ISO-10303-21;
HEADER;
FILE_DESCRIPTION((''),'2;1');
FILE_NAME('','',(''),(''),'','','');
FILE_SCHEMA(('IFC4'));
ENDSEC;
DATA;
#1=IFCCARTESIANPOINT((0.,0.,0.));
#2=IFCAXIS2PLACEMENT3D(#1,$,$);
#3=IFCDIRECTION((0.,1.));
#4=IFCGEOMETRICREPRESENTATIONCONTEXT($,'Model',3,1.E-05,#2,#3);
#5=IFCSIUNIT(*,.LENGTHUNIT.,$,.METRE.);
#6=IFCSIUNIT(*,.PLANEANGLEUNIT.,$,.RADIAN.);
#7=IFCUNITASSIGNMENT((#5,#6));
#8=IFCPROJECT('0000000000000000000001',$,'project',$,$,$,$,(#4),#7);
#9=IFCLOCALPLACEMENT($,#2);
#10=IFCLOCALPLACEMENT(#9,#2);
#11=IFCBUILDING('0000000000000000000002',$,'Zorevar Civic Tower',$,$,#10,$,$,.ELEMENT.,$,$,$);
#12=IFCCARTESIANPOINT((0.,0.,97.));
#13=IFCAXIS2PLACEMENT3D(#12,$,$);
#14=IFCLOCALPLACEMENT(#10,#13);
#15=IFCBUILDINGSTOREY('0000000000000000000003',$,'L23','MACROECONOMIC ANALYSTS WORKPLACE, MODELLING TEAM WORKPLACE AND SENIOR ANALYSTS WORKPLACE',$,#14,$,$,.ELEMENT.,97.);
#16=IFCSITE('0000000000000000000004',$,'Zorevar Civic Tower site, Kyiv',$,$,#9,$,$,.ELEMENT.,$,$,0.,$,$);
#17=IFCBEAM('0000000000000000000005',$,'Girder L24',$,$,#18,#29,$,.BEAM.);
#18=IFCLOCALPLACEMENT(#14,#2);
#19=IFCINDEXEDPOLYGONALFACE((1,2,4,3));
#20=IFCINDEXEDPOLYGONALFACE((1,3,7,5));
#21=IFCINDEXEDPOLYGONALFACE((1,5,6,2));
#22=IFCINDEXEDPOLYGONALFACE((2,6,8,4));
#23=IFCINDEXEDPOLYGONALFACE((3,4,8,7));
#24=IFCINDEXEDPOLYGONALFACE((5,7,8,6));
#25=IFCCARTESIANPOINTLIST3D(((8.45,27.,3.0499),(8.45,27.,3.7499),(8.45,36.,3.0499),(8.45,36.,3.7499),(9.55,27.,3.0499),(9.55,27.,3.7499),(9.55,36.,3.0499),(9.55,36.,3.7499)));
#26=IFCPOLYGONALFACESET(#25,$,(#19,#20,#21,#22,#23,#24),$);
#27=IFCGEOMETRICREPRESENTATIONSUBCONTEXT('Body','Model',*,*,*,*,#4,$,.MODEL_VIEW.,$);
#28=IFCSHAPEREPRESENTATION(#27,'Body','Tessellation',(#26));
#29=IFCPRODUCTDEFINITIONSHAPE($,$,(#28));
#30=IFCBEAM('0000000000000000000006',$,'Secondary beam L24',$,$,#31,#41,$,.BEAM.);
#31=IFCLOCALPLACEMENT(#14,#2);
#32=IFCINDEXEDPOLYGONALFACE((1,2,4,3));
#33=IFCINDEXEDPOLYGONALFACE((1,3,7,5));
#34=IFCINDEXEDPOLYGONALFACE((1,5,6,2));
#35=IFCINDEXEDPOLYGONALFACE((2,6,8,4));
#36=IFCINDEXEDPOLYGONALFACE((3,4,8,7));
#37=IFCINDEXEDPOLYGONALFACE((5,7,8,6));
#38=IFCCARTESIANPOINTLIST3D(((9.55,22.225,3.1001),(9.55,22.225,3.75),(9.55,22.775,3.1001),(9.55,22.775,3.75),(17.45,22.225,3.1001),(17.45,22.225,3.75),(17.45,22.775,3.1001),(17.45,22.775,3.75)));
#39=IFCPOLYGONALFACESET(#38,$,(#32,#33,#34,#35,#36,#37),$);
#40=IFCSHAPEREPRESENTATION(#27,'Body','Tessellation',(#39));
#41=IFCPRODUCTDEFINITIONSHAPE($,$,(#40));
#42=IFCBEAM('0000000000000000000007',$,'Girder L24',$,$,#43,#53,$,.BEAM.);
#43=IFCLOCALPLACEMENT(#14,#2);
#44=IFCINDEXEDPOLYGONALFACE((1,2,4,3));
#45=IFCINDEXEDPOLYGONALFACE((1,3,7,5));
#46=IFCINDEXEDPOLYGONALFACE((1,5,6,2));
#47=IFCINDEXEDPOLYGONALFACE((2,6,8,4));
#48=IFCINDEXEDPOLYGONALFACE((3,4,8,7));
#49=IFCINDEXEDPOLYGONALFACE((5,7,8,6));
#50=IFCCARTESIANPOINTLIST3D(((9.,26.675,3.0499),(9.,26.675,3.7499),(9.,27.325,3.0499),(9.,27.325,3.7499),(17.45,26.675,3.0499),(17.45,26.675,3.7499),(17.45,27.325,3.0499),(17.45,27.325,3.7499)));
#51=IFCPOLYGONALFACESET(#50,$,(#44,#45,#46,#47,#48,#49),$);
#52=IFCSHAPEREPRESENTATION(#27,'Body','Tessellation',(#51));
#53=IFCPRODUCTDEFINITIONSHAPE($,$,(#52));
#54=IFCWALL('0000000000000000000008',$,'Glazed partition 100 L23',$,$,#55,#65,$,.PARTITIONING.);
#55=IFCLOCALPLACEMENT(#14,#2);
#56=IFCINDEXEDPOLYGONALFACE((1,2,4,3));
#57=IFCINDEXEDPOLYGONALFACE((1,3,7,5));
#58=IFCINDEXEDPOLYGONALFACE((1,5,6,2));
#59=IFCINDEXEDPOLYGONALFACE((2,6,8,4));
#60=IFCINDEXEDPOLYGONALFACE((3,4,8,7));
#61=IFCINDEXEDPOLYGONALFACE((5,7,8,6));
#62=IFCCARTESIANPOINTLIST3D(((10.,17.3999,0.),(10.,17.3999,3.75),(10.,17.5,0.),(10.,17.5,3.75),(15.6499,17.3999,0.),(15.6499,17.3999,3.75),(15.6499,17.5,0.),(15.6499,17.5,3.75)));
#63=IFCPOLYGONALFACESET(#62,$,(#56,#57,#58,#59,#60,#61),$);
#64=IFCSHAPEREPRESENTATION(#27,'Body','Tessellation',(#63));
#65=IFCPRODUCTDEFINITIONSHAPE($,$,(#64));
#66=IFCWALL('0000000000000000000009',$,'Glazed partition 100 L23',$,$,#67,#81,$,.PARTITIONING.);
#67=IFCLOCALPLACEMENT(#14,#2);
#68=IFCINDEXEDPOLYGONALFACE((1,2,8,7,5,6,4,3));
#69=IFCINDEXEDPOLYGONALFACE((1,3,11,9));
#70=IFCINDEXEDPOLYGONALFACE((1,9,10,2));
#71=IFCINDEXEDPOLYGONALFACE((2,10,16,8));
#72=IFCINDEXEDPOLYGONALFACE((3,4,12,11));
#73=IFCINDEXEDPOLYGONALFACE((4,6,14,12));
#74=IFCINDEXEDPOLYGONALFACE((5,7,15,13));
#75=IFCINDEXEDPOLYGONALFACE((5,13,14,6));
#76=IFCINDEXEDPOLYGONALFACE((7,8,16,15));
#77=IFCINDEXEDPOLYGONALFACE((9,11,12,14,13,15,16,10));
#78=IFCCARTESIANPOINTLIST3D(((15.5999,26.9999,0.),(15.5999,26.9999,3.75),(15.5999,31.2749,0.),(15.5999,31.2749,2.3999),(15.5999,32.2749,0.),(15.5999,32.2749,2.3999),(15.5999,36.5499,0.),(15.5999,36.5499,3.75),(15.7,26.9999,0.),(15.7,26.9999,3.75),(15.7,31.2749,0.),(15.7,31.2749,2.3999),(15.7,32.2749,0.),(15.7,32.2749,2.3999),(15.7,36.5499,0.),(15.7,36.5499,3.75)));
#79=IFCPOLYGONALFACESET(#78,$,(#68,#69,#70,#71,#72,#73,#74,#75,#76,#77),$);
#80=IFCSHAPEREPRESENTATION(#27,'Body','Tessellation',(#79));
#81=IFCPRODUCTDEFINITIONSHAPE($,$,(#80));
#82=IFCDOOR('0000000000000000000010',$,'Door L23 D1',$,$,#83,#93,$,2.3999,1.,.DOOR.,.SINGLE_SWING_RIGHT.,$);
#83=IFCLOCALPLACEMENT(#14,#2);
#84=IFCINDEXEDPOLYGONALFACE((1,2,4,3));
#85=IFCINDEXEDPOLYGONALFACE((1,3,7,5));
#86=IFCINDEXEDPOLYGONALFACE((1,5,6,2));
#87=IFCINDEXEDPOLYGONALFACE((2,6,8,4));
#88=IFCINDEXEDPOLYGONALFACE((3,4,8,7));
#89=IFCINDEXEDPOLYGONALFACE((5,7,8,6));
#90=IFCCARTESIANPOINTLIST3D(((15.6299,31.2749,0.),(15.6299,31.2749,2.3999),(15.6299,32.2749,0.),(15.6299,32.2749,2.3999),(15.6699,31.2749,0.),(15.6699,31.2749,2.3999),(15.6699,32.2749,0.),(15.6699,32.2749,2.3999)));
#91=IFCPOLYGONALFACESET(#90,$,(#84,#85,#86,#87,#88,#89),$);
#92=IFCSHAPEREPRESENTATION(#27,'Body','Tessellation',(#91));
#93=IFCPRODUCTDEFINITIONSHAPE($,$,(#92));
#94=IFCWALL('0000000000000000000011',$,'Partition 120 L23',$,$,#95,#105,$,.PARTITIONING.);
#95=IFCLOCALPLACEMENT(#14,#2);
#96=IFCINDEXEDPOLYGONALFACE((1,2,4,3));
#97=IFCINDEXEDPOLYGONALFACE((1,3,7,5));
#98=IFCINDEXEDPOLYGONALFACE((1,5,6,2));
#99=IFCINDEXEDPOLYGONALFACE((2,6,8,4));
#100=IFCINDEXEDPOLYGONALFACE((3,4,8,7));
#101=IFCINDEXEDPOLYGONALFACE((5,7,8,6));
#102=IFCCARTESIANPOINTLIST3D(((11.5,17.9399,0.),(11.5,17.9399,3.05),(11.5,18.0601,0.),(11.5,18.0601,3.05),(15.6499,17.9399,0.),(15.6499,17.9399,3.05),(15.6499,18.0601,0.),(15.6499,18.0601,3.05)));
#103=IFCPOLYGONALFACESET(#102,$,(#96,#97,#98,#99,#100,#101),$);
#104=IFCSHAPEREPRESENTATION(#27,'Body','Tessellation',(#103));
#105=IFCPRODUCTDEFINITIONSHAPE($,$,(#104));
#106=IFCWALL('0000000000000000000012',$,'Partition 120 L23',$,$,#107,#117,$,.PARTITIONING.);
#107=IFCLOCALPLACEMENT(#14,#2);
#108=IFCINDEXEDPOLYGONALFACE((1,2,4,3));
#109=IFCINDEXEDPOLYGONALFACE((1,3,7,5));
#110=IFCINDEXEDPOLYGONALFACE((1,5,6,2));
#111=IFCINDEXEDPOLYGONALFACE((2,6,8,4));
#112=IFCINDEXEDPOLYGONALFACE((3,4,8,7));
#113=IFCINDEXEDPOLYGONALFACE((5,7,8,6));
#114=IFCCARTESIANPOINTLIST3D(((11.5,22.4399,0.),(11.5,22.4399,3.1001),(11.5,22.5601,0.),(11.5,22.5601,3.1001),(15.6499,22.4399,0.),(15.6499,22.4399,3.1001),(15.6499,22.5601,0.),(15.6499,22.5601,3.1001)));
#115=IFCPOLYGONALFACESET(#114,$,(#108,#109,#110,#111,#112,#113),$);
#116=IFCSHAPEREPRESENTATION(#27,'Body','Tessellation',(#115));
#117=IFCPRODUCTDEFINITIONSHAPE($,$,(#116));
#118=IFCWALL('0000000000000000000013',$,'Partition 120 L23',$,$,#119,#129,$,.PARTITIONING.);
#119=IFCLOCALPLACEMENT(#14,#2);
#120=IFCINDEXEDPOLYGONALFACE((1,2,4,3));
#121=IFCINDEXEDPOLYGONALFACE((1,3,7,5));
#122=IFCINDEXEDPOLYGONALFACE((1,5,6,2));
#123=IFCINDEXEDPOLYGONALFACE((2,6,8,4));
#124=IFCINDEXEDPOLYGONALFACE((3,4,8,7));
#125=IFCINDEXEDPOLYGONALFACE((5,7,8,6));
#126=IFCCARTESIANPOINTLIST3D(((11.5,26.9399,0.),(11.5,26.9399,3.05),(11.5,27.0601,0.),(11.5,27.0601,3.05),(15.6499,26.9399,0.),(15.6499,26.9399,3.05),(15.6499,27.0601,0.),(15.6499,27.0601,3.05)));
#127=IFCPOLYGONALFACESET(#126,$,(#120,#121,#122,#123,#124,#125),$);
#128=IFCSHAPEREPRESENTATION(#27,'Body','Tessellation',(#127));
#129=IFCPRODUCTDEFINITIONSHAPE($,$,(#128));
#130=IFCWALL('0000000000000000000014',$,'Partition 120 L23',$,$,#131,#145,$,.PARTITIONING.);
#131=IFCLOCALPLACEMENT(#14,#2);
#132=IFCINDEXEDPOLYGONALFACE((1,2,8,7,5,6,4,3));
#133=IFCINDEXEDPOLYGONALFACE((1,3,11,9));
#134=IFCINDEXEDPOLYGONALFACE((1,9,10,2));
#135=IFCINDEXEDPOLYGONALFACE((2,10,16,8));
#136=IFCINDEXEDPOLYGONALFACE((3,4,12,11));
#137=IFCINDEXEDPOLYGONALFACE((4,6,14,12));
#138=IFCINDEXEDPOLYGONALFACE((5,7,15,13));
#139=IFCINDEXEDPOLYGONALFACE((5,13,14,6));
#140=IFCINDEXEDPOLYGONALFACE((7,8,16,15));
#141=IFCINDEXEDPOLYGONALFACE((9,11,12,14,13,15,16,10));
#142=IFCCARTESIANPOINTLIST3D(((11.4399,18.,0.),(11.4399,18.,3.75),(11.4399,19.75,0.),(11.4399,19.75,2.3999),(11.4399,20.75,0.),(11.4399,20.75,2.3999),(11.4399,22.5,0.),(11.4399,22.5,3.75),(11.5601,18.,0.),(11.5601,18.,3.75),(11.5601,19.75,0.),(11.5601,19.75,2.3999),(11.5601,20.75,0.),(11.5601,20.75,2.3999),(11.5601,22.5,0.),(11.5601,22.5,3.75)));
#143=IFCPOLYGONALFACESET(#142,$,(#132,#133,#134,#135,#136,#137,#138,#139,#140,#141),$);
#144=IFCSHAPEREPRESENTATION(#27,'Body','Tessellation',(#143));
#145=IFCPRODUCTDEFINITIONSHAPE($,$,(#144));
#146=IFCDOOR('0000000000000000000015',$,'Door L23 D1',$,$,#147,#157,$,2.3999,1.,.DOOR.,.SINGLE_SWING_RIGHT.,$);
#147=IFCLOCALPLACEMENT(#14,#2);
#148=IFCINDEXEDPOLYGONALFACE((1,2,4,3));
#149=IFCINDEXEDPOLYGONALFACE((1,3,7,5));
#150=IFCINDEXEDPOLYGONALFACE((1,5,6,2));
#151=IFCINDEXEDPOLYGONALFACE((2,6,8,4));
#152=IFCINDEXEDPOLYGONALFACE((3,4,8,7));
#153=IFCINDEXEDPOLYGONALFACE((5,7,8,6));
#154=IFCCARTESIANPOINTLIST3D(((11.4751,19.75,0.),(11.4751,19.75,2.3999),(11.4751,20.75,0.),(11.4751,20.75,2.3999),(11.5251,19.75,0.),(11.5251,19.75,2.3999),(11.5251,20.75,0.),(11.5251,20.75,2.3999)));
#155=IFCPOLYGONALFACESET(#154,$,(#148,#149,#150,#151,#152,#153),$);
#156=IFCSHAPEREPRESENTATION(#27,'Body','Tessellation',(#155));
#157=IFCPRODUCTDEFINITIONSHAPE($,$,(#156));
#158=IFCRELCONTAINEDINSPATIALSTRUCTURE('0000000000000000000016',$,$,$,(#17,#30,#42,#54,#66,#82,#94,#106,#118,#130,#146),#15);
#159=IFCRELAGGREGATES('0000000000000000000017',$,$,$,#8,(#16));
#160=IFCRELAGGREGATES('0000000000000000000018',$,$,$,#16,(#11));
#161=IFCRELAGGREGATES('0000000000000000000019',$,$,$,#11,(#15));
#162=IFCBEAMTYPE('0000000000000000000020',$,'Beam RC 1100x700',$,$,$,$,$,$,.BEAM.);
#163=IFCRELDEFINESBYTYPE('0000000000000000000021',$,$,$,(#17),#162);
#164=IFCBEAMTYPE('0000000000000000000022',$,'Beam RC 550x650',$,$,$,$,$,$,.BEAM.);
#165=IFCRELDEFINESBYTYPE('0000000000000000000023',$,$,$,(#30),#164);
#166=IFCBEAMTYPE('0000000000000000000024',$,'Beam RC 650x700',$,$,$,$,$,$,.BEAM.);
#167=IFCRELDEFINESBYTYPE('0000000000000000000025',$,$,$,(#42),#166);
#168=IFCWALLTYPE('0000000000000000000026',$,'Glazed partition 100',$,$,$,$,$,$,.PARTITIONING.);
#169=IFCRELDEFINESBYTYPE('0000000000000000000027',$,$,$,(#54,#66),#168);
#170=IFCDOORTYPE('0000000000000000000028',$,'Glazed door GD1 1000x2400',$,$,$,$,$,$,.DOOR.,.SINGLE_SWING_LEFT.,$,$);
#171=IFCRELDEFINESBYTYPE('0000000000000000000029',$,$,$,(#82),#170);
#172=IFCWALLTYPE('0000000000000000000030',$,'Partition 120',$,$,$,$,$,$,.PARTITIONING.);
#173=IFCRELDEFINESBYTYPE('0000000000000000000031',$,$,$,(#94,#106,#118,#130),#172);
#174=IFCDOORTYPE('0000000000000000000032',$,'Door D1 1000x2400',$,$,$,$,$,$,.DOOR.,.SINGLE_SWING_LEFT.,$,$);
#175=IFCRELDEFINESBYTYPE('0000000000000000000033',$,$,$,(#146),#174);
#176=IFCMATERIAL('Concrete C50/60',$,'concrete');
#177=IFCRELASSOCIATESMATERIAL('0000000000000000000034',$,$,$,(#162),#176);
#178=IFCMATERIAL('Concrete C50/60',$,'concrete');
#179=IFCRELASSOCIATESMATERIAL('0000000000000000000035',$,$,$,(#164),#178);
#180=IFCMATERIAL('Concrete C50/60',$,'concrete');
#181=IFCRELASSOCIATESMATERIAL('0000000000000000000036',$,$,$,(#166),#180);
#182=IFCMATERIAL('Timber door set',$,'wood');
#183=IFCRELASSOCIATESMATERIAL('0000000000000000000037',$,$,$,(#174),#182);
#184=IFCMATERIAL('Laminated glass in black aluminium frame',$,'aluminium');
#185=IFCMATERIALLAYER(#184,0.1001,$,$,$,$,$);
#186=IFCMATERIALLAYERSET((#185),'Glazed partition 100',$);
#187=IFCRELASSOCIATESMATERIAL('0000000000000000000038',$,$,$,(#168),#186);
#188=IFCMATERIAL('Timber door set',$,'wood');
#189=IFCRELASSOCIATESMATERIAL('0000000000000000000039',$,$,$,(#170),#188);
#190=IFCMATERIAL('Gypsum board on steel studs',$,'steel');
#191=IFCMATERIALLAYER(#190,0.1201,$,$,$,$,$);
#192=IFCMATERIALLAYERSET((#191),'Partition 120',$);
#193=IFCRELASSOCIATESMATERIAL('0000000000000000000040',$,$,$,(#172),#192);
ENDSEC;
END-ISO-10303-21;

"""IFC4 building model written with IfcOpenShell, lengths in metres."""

from ifc_helpers import new_model, si_unit, direction, frame, frame_2d, origin, origin_2d, place, context, subcontext, project, spatial, rectangle, extrude, material, layer, layer_set, material_profile, profile_set, type_object, element, fill, save


model = new_model("IFC4")

# Units and contexts
model_context = context("Model", 3, precision=1e-05, world=origin(), true_north=direction((0.0, 1.0)))
body_context = subcontext(model_context, "Body", "Model", "MODEL_VIEW")
ifc_project = project(units=[si_unit("LENGTHUNIT", "METRE"), si_unit("PLANEANGLEUNIT", "RADIAN")], contexts=[model_context])

# Site, building, storey
site_placement = place(None, origin())
site = spatial("IfcSite", under=ifc_project, at=site_placement, Name="Zorevar Civic Tower site, Kyiv", CompositionType="ELEMENT", RefElevation=0.0)
building_placement = place(site_placement, origin())
building = spatial("IfcBuilding", under=site, at=building_placement, Name="Zorevar Civic Tower", CompositionType="ELEMENT")
storey_placement = place(building_placement, frame((0.0, 0.0, 97.0)))
storey = spatial("IfcBuildingStorey", under=building, at=storey_placement, Name="L23", Description="MACROECONOMIC ANALYSTS WORKPLACE, MODELLING TEAM WORKPLACE AND SENIOR ANALYSTS WORKPLACE", CompositionType="ELEMENT", Elevation=97.0)

# Beams
ifc_material_1 = material(Name="Concrete C50/60", Category="concrete")
ifc_material_profile_1 = material_profile(ifc_material_1, rectangle(XDim=1.1001, YDim=0.7, at=origin_2d()), Name="RC 1100x700")
ifc_profile_set_1 = profile_set([ifc_material_profile_1], Name="Concrete C50/60")
beam_type_1 = type_object("IfcBeamType", Name="Beam RC 1100x700", PredefinedType="BEAM", material=ifc_profile_set_1)
beam_1_placement = place(storey_placement, frame((9.0, 27.0, 3.3999), z_axis=(0.0, 1.0, 0.0), x_axis=(-1.0, 0.0, 0.0)))
element("IfcBeam", 1, at=beam_1_placement, inside=storey, type_object=beam_type_1, Name="Girder L24", PredefinedType="BEAM", context=body_context, shape_type="SweptSolid", body=[
    extrude(rectangle(XDim=1.1001, YDim=0.7, at=origin_2d()), origin(), (0.0, 0.0, 1.0), 9.0),
])
ifc_material_2 = material(Name="Concrete C50/60", Category="concrete")
ifc_material_profile_2 = material_profile(ifc_material_2, rectangle(XDim=0.55, YDim=0.6499, at=origin_2d()), Name="RC 550x650")
ifc_profile_set_2 = profile_set([ifc_material_profile_2], Name="Concrete C50/60")
beam_type_2 = type_object("IfcBeamType", Name="Beam RC 550x650", PredefinedType="BEAM", material=ifc_profile_set_2)
beam_2_placement = place(storey_placement, frame((9.55, 22.5, 3.425), z_axis=(1.0, 0.0, 0.0), x_axis=(0.0, 1.0, 0.0)))
element("IfcBeam", 2, at=beam_2_placement, inside=storey, type_object=beam_type_2, Name="Secondary beam L24", PredefinedType="BEAM", context=body_context, shape_type="SweptSolid", body=[
    extrude(rectangle(XDim=0.55, YDim=0.6499, at=origin_2d()), origin(), (0.0, 0.0, 1.0), 7.8999),
])
ifc_material_3 = material(Name="Concrete C50/60", Category="concrete")
ifc_material_profile_3 = material_profile(ifc_material_3, rectangle(XDim=0.6499, YDim=0.7, at=origin_2d()), Name="RC 650x700")
ifc_profile_set_3 = profile_set([ifc_material_profile_3], Name="Concrete C50/60")
beam_type_3 = type_object("IfcBeamType", Name="Beam RC 650x700", PredefinedType="BEAM", material=ifc_profile_set_3)
beam_3_placement = place(storey_placement, frame((9.0, 27.0, 3.3999), z_axis=(1.0, 0.0, 0.0), x_axis=(0.0, 1.0, 0.0)))
element("IfcBeam", 3, at=beam_3_placement, inside=storey, type_object=beam_type_3, Name="Girder L24", PredefinedType="BEAM", context=body_context, shape_type="SweptSolid", body=[
    extrude(rectangle(XDim=0.6499, YDim=0.7, at=origin_2d()), origin(), (0.0, 0.0, 1.0), 8.45),
])

# Shared definitions
ifc_material_4 = material(Name="Timber door set", Category="wood")
door_type_1 = type_object("IfcDoorType", Name="Door D1 1000x2400", OperationType="SINGLE_SWING_LEFT", PredefinedType="DOOR", material=ifc_material_4)

# Wall
ifc_material_5 = material(Name="Laminated glass in black aluminium frame", Category="aluminium")
ifc_layer_1 = layer(ifc_material_5, 0.1001)
ifc_layer_set_1 = layer_set([ifc_layer_1], Name="Glazed partition 100")
wall_type_1 = type_object("IfcWallType", Name="Glazed partition 100", PredefinedType="PARTITIONING", material=ifc_layer_set_1)
wall_1_placement = place(storey_placement, frame((10.0, 17.45, 0.0), z_axis=(0.0, 0.0, 1.0), x_axis=(1.0, 0.0, 0.0)))
element("IfcWall", 4, at=wall_1_placement, inside=storey, type_object=wall_type_1, Name="Glazed partition 100 L23", PredefinedType="PARTITIONING", context=body_context, shape_type="SweptSolid", body=[
    extrude(rectangle(XDim=5.6499, YDim=0.1001, at=frame_2d((2.825, 0.0))), origin(), (0.0, 0.0, 1.0), 3.75),
])

# Wall, opening, door
wall_2_placement = place(storey_placement, frame((15.6499, 27.0, 0.0), z_axis=(0.0, 0.0, 1.0), x_axis=(0.0, 1.0, 0.0)))
wall_2 = element("IfcWall", 5, at=wall_2_placement, inside=storey, type_object=wall_type_1, Name="Glazed partition 100 L23", PredefinedType="PARTITIONING", context=body_context, shape_type="SweptSolid", body=[
    extrude(rectangle(XDim=9.55, YDim=0.1001, at=frame_2d((4.7749, 0.0))), origin(), (0.0, 0.0, 1.0), 3.75),
])
opening_1_placement = place(wall_2_placement, frame((4.2749, 0.0, 0.0)))
opening_1 = element("IfcOpeningElement", 6, at=opening_1_placement, cuts=wall_2, PredefinedType="OPENING", context=body_context, shape_type="SweptSolid", body=[
    extrude(rectangle(XDim=1.0, YDim=2.3999, at=frame_2d((0.5, 1.2))), frame((0.0, 0.0601, 0.0), z_axis=(0.0, -1.0, 0.0), x_axis=(1.0, 0.0, 0.0)), (0.0, 0.0, 1.0), 0.1201),
])
ifc_material_6 = material(Name="Timber door set", Category="wood")
door_type_2 = type_object("IfcDoorType", Name="Glazed door GD1 1000x2400", OperationType="SINGLE_SWING_LEFT", PredefinedType="DOOR", material=ifc_material_6)
door_1_placement = place(opening_1_placement, origin())
door_1 = element("IfcDoor", 7, at=door_1_placement, inside=storey, type_object=door_type_2, Name="Door L23 D1", OperationType="SINGLE_SWING_RIGHT", OverallHeight=2.3999, OverallWidth=1.0, PredefinedType="DOOR", context=body_context, shape_type="SweptSolid", body=[
    extrude(rectangle(XDim=1.0, YDim=2.3999, at=frame_2d((0.5, 1.2))), frame((0.0, 0.02, 0.0), z_axis=(0.0, -1.0, 0.0), x_axis=(1.0, 0.0, 0.0)), (0.0, 0.0, 1.0), 0.04),
])
fill(opening_1, door_1)

# Walls
ifc_material_7 = material(Name="Gypsum board on steel studs", Category="steel")
ifc_layer_2 = layer(ifc_material_7, 0.1201)
ifc_layer_set_2 = layer_set([ifc_layer_2], Name="Partition 120")
wall_type_2 = type_object("IfcWallType", Name="Partition 120", PredefinedType="PARTITIONING", material=ifc_layer_set_2)
wall_3_placement = place(storey_placement, frame((11.5, 18.0, 0.0), z_axis=(0.0, 0.0, 1.0), x_axis=(1.0, 0.0, 0.0)))
element("IfcWall", 8, at=wall_3_placement, inside=storey, type_object=wall_type_2, Name="Partition 120 L23", PredefinedType="PARTITIONING", context=body_context, shape_type="SweptSolid", body=[
    extrude(rectangle(XDim=4.1499, YDim=0.1201, at=frame_2d((2.075, 0.0))), origin(), (0.0, 0.0, 1.0), 3.05),
])
wall_4_placement = place(storey_placement, frame((11.5, 22.5, 0.0), z_axis=(0.0, 0.0, 1.0), x_axis=(1.0, 0.0, 0.0)))
element("IfcWall", 9, at=wall_4_placement, inside=storey, type_object=wall_type_2, Name="Partition 120 L23", PredefinedType="PARTITIONING", context=body_context, shape_type="SweptSolid", body=[
    extrude(rectangle(XDim=4.1499, YDim=0.1201, at=frame_2d((2.075, 0.0))), origin(), (0.0, 0.0, 1.0), 3.1001),
])
wall_5_placement = place(storey_placement, frame((11.5, 27.0, 0.0), z_axis=(0.0, 0.0, 1.0), x_axis=(1.0, 0.0, 0.0)))
element("IfcWall", 10, at=wall_5_placement, inside=storey, type_object=wall_type_2, Name="Partition 120 L23", PredefinedType="PARTITIONING", context=body_context, shape_type="SweptSolid", body=[
    extrude(rectangle(XDim=4.1499, YDim=0.1201, at=frame_2d((2.075, 0.0))), origin(), (0.0, 0.0, 1.0), 3.05),
])

# Wall, opening, door
wall_6_placement = place(storey_placement, frame((11.5, 18.0, 0.0), z_axis=(0.0, 0.0, 1.0), x_axis=(0.0, 1.0, 0.0)))
wall_6 = element("IfcWall", 11, at=wall_6_placement, inside=storey, type_object=wall_type_2, Name="Partition 120 L23", PredefinedType="PARTITIONING", context=body_context, shape_type="SweptSolid", body=[
    extrude(rectangle(XDim=4.5, YDim=0.1201, at=frame_2d((2.25, 0.0))), origin(), (0.0, 0.0, 1.0), 3.75),
])
opening_2_placement = place(wall_6_placement, frame((1.75, 0.0, 0.0)))
opening_2 = element("IfcOpeningElement", 12, at=opening_2_placement, cuts=wall_6, PredefinedType="OPENING", context=body_context, shape_type="SweptSolid", body=[
    extrude(rectangle(XDim=1.0, YDim=2.3999, at=frame_2d((0.5, 1.2))), frame((0.0, 0.0701, 0.0), z_axis=(0.0, -1.0, 0.0), x_axis=(1.0, 0.0, 0.0)), (0.0, 0.0, 1.0), 0.1401),
])
door_2_placement = place(opening_2_placement, origin())
door_2 = element("IfcDoor", 13, at=door_2_placement, inside=storey, type_object=door_type_1, Name="Door L23 D1", OperationType="SINGLE_SWING_RIGHT", OverallHeight=2.3999, OverallWidth=1.0, PredefinedType="DOOR", context=body_context, shape_type="SweptSolid", body=[
    extrude(rectangle(XDim=1.0, YDim=2.3999, at=frame_2d((0.5, 1.2))), frame((0.0, 0.0249, 0.0), z_axis=(0.0, -1.0, 0.0), x_axis=(1.0, 0.0, 0.0)), (0.0, 0.0, 1.0), 0.05),
])
fill(opening_2, door_2)

save(model, "model.ifc")
